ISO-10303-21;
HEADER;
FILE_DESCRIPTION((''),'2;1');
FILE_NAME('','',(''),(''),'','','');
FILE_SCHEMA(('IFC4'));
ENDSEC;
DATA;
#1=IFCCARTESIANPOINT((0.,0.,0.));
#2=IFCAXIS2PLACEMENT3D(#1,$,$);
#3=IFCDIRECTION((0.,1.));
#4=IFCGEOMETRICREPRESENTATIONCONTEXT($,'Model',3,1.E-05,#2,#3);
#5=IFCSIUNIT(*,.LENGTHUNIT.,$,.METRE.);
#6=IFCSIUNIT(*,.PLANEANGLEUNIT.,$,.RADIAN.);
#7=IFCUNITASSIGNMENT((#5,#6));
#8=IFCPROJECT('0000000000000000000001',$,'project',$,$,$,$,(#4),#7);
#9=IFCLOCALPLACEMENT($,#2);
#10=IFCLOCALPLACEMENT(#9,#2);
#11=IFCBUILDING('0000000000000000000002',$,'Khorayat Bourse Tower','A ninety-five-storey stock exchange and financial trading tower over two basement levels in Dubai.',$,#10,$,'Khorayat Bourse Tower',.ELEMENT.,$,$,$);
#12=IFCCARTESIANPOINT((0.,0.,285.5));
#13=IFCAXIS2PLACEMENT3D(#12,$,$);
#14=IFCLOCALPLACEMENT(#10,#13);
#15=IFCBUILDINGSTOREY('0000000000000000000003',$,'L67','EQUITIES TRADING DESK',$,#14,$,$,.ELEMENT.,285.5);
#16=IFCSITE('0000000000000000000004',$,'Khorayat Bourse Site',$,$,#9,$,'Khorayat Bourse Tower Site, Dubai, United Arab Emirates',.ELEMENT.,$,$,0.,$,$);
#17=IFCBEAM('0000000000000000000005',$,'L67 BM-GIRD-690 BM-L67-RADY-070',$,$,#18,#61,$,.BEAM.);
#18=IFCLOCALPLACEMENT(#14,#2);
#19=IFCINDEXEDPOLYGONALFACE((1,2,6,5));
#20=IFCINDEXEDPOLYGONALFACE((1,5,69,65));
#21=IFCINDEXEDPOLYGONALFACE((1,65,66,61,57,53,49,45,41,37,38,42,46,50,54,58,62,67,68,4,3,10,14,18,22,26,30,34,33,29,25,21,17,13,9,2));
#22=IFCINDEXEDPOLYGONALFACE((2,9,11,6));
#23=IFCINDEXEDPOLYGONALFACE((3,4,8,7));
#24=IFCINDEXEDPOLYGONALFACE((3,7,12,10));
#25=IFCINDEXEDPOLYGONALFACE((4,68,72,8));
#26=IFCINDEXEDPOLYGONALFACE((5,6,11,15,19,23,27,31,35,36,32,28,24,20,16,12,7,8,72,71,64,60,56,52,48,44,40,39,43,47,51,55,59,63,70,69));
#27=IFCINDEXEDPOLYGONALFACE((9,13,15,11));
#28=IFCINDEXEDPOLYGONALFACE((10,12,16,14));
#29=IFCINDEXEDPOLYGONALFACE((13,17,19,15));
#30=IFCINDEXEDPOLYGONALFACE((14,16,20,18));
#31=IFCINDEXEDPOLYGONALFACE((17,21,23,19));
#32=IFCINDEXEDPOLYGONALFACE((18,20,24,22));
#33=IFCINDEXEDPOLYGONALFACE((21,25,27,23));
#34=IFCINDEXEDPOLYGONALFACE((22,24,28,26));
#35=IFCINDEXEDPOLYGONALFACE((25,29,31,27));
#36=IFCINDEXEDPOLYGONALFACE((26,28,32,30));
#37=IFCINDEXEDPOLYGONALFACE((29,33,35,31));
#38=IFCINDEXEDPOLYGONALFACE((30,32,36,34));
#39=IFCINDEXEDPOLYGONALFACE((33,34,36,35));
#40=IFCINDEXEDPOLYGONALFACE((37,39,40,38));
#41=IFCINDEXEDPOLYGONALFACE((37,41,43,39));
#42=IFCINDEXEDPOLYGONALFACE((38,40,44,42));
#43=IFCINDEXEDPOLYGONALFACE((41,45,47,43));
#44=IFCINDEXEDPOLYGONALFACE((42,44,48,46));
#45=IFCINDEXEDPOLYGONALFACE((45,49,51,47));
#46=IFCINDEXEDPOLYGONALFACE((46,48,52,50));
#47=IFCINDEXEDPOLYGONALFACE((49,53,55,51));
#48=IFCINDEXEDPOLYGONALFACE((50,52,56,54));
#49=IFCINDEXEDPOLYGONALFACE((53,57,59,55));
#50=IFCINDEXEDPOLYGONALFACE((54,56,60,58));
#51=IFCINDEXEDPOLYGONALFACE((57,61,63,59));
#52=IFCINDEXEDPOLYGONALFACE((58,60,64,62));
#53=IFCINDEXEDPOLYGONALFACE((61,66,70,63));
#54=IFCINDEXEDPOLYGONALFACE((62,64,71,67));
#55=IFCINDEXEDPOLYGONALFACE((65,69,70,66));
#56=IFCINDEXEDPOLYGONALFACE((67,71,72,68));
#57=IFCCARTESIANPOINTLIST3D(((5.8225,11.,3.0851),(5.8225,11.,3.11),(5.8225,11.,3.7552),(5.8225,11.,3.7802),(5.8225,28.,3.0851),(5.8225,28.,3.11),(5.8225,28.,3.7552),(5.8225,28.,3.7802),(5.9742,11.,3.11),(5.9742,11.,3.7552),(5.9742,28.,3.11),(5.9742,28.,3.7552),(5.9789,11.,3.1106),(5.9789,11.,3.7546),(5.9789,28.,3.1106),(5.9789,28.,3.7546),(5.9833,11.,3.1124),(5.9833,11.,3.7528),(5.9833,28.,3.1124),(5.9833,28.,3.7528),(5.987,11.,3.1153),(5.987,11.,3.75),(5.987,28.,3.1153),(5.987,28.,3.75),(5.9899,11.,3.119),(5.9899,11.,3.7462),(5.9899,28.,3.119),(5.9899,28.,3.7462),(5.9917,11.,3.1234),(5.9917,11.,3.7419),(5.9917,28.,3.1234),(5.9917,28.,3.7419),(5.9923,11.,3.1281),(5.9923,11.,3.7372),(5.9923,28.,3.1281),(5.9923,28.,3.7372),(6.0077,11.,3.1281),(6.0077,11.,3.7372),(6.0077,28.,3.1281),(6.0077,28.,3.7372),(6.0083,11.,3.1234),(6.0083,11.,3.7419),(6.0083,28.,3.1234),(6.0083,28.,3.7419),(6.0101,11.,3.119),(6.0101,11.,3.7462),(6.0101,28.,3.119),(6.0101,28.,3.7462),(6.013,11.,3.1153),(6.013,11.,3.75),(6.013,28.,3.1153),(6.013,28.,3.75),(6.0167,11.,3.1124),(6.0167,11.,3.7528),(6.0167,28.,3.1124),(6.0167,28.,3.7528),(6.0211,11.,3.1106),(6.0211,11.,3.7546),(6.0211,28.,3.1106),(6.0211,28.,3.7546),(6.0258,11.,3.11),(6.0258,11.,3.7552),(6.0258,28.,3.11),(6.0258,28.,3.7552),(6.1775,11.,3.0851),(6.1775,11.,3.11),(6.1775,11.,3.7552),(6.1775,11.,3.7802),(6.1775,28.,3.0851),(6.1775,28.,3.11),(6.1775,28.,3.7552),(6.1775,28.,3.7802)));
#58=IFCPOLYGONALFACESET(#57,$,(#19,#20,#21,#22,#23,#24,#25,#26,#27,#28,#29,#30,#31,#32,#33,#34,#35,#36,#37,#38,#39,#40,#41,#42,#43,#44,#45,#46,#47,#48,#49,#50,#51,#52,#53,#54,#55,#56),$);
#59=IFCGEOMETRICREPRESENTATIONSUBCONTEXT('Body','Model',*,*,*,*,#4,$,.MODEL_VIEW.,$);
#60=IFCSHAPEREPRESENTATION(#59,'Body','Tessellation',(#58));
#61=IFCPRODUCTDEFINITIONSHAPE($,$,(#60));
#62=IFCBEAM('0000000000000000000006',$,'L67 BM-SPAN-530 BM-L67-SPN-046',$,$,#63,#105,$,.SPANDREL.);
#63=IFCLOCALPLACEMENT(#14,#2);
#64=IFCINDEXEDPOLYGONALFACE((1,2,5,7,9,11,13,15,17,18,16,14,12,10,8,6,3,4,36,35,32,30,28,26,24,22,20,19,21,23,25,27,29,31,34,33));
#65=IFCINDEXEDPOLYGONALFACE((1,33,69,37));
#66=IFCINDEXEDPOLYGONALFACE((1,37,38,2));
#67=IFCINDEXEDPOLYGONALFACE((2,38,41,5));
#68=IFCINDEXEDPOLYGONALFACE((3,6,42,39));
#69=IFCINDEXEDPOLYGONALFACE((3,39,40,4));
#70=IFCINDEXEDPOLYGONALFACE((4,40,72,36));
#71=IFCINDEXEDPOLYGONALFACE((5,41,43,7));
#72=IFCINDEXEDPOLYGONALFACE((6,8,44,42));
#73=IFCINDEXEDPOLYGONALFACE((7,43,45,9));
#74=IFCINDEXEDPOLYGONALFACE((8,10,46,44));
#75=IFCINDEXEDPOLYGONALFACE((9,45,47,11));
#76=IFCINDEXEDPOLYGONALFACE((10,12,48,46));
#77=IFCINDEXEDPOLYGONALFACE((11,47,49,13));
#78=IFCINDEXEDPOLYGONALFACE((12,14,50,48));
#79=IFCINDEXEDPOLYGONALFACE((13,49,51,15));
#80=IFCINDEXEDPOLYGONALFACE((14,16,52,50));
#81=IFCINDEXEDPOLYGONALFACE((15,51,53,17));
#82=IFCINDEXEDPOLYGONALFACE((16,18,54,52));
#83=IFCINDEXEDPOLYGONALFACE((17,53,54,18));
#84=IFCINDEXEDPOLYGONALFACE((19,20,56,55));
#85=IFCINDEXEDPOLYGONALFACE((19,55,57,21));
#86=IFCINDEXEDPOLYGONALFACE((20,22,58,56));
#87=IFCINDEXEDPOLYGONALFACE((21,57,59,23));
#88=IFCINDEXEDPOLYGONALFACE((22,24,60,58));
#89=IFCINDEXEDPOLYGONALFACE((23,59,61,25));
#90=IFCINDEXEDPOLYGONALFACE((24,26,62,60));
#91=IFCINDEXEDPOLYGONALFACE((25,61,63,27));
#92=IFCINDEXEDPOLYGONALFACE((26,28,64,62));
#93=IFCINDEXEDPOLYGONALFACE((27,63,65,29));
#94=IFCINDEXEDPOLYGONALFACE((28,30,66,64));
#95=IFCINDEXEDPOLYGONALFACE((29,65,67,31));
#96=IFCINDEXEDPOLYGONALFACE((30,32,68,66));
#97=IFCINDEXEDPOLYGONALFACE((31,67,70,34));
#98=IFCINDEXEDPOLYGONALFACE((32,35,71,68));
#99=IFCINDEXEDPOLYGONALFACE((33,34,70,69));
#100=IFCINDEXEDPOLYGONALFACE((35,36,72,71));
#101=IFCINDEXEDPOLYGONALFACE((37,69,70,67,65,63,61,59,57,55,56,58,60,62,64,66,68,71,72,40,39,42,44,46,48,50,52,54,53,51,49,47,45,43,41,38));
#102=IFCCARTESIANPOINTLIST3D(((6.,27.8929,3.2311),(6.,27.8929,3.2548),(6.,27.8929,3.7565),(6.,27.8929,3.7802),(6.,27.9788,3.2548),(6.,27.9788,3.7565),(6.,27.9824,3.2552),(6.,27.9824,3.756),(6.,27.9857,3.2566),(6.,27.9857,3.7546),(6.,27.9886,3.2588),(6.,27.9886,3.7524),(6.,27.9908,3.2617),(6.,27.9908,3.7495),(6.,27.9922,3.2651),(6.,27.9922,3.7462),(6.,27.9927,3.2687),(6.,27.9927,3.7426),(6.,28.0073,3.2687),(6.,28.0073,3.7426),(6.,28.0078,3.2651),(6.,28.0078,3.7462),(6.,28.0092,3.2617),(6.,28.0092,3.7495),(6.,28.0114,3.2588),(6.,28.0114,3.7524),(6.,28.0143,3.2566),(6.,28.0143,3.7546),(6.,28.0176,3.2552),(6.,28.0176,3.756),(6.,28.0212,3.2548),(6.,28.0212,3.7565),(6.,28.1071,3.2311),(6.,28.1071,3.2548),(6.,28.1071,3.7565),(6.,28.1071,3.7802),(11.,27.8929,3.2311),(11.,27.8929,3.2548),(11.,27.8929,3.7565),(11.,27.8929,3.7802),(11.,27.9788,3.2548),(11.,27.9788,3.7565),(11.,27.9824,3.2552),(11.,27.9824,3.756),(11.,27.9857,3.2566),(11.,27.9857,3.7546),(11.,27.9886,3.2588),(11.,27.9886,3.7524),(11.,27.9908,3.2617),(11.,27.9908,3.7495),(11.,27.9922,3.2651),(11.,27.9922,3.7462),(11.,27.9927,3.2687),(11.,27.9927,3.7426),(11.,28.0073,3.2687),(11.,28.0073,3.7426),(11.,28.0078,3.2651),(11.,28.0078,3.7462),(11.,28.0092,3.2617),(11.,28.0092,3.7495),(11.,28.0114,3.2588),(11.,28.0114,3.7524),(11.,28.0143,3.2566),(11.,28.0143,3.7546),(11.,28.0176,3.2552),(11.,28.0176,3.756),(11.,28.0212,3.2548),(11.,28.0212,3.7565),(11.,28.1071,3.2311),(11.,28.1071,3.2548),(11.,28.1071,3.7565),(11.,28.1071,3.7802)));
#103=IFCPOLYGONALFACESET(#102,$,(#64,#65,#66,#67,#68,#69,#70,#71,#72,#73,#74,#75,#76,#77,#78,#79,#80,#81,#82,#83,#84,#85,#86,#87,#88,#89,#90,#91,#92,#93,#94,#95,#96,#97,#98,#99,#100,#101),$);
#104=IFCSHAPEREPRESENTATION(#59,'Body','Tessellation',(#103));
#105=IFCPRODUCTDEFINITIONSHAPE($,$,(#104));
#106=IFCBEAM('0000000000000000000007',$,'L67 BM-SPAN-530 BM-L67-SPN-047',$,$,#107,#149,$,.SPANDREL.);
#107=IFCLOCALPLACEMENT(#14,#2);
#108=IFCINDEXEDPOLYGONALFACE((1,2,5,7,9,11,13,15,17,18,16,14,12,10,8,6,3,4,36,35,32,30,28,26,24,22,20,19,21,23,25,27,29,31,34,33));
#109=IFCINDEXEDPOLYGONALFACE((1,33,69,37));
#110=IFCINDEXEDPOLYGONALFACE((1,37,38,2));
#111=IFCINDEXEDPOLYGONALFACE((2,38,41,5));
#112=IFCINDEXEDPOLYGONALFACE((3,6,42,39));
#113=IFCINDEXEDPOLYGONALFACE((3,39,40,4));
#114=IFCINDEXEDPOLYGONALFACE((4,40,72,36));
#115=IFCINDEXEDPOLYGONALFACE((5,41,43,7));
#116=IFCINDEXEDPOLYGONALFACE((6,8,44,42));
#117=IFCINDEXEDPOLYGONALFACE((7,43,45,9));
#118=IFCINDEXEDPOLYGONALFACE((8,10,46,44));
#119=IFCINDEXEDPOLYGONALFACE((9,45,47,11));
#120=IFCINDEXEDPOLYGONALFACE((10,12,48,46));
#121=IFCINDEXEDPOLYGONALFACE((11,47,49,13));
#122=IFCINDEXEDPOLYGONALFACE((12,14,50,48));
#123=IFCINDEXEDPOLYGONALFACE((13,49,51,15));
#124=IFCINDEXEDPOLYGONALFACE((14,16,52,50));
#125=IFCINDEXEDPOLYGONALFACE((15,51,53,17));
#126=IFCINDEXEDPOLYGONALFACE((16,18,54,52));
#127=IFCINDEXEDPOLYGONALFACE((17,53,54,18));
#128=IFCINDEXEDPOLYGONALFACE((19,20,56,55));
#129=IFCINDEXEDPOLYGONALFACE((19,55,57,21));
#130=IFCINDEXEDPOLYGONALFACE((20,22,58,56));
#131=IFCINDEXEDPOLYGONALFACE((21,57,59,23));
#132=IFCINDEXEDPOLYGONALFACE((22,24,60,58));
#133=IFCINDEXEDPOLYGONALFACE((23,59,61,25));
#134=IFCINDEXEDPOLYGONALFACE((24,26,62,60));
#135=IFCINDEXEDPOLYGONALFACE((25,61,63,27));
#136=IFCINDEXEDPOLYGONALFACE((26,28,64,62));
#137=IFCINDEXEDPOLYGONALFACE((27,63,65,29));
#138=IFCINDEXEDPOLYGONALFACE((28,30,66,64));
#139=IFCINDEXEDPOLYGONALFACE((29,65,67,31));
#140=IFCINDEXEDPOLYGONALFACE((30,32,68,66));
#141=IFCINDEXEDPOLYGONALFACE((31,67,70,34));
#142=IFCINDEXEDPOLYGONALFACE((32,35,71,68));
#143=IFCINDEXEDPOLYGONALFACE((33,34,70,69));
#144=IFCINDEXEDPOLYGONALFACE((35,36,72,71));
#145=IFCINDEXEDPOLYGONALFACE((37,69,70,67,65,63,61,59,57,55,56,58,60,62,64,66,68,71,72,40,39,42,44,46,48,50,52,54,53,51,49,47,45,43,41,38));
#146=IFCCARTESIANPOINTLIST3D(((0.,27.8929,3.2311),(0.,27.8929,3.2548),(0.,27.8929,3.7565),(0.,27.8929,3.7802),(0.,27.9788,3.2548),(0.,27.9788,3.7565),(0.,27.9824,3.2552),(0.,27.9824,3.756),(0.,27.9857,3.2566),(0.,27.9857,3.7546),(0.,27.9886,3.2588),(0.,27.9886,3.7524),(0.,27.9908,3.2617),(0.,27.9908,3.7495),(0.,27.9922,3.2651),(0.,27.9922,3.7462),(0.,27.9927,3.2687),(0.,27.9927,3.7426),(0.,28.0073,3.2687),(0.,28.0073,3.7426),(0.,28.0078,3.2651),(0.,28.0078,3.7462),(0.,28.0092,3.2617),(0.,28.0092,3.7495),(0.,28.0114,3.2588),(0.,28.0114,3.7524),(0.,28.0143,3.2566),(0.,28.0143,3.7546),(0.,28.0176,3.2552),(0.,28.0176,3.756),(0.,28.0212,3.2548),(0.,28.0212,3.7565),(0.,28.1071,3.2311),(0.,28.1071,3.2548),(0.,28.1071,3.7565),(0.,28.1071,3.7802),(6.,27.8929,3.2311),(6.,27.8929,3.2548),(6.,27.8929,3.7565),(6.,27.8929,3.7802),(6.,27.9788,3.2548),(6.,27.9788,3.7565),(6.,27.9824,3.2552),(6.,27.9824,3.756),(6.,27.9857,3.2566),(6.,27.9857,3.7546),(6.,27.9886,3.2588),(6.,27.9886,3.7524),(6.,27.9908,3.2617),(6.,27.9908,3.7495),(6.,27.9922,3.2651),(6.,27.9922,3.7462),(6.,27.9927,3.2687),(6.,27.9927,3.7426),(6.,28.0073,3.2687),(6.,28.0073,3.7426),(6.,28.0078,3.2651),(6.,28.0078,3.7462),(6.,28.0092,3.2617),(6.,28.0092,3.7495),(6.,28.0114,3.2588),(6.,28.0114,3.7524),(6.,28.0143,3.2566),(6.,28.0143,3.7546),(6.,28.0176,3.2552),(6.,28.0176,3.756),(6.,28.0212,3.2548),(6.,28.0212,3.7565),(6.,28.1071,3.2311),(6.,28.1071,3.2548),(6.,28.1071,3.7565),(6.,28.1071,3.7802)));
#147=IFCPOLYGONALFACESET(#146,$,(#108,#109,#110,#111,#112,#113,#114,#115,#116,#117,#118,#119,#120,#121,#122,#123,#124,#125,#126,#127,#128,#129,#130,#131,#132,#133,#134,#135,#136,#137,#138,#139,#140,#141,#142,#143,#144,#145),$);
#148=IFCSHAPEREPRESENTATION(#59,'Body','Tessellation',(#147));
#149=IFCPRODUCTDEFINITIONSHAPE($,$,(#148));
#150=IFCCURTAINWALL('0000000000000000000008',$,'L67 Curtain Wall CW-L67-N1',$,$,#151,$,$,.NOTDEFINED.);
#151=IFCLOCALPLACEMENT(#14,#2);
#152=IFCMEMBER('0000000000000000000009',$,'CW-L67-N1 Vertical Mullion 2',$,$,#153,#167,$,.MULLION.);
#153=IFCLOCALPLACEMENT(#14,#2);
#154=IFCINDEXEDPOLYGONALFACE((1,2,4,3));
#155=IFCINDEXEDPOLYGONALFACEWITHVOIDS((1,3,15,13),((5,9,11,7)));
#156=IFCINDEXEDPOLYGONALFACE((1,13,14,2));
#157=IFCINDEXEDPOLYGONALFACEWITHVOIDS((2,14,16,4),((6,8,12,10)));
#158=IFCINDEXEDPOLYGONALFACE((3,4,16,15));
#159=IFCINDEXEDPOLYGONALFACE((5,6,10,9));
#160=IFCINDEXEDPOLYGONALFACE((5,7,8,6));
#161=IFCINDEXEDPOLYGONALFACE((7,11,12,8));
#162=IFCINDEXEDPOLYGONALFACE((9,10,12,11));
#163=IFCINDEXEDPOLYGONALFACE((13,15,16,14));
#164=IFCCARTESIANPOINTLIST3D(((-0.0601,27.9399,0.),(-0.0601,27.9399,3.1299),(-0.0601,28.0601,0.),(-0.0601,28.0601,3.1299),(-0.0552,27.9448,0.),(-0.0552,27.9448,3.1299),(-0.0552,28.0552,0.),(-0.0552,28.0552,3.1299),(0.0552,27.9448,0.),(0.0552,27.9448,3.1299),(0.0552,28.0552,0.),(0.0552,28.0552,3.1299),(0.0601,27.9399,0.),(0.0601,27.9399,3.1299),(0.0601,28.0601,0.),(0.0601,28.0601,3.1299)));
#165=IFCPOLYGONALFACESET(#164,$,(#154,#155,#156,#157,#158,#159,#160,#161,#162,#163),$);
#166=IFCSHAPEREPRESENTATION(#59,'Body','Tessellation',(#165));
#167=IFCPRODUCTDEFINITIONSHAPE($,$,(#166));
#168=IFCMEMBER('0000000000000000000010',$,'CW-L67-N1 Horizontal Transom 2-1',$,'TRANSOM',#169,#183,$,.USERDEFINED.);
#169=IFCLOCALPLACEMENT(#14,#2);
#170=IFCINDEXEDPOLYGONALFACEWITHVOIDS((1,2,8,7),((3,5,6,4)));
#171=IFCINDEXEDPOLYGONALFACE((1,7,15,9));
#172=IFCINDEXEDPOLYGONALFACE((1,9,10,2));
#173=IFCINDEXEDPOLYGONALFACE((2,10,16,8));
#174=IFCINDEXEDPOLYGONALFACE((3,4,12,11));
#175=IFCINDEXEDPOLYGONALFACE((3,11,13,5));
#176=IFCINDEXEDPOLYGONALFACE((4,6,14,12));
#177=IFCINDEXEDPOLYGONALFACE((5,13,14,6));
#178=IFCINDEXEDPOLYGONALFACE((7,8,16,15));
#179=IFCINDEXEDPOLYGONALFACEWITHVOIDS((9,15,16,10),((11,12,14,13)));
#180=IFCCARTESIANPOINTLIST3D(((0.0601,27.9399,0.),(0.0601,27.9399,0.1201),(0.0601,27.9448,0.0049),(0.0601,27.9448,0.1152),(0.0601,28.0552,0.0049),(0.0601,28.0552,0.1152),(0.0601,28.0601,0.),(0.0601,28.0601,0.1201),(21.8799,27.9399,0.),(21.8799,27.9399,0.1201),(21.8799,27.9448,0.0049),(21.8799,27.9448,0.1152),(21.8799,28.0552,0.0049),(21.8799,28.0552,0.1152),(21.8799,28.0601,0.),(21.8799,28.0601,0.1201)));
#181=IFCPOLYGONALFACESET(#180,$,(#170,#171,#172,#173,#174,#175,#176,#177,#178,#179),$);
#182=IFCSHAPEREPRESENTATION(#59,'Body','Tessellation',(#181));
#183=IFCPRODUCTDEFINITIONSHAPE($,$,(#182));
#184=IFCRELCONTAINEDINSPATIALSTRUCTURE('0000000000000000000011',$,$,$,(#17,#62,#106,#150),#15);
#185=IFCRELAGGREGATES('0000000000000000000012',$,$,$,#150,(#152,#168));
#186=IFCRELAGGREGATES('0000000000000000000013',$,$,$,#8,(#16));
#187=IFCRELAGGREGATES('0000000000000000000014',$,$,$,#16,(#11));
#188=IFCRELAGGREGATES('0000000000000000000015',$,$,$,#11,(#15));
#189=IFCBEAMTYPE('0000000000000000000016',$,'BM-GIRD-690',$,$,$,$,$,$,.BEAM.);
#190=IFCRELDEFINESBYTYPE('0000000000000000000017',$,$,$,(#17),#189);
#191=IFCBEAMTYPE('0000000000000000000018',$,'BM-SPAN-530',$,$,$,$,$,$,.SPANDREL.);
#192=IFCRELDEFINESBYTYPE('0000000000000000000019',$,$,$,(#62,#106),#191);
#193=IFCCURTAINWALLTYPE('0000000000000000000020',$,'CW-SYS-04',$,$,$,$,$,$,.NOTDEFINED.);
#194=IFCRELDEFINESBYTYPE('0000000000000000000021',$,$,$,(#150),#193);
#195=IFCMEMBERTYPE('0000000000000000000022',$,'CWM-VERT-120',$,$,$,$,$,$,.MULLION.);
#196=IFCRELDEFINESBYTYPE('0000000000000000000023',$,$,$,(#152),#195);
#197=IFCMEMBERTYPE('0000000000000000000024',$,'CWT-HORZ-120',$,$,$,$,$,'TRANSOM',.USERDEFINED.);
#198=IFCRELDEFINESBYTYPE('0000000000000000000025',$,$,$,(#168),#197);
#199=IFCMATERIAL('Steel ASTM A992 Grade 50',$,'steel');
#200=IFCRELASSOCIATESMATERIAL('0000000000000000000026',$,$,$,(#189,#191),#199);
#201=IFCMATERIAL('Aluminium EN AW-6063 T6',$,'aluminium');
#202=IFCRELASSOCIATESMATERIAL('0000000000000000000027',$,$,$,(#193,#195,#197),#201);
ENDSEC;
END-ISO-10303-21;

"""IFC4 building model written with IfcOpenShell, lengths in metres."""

from ifc_helpers import new_model, si_unit, direction, frame, origin, origin_2d, place, context, subcontext, project, spatial, hollow_rectangle, i_section, extrude, source, transform, mapped, material, material_profile, profile_set, type_object, element, aggregate, save


model = new_model("IFC4")

# Units and contexts
model_context = context("Model", 3, precision=1e-05, world=origin(), true_north=direction((0.0, 1.0)))
body_context = subcontext(model_context, "Body", "Model", "MODEL_VIEW")
ifc_project = project(units=[si_unit("LENGTHUNIT", "METRE"), si_unit("PLANEANGLEUNIT", "RADIAN")], contexts=[model_context])

# Site, building, storey
site_placement = place(None, origin())
site = spatial("IfcSite", under=ifc_project, at=site_placement, Name="Khorayat Bourse Site", LongName="Khorayat Bourse Tower Site, Dubai, United Arab Emirates", CompositionType="ELEMENT", RefElevation=0.0)
building_placement = place(site_placement, origin())
building = spatial("IfcBuilding", under=site, at=building_placement, Name="Khorayat Bourse Tower", Description="A ninety-five-storey stock exchange and financial trading tower over two basement levels in Dubai.", LongName="Khorayat Bourse Tower", CompositionType="ELEMENT")
storey_placement = place(building_placement, frame((0.0, 0.0, 285.5)))
storey = spatial("IfcBuildingStorey", under=building, at=storey_placement, Name="L67", Description="EQUITIES TRADING DESK", CompositionType="ELEMENT", Elevation=285.5)

# Beams
ifc_material_1 = material(Name="Steel ASTM A992 Grade 50", Category="steel")
ifc_material_profile_1 = material_profile(ifc_material_1, i_section(OverallWidth=0.355, OverallDepth=0.6951, WebThickness=0.0154, FlangeThickness=0.0249, FilletRadius=0.0181, at=origin_2d()), Name="W690X217")
ifc_profile_set_1 = profile_set([ifc_material_profile_1], Name="Steel ASTM A992 Grade 50")
beam_type_1 = type_object("IfcBeamType", Name="BM-GIRD-690", PredefinedType="BEAM", material=ifc_profile_set_1)
shared_shape_1 = source(origin(), body_context, "Body", "SweptSolid", [
    extrude(i_section(OverallWidth=0.355, OverallDepth=0.6951, WebThickness=0.0154, FlangeThickness=0.0249, FilletRadius=0.0181, at=origin_2d()), origin(), (0.0, 0.0, 1.0), 17.0),
])
for number, where, z_axis, x_axis, name in (
    (1, (6.0, 11.0, 3.4326), (0.0, 1.0, 0.0), (-1.0, 0.0, 0.0), "L67 BM-GIRD-690 BM-L67-RADY-070"),
):
    element("IfcBeam", number, at=place(storey_placement, frame(where, z_axis=z_axis, x_axis=x_axis)), inside=storey, type_object=beam_type_1, Name=name, PredefinedType="BEAM", context=body_context, shape_type="MappedRepresentation", body=[
        mapped(shared_shape_1, transform((0.0, 0.0, 0.0), scale=1.0)),
    ])
ifc_material_profile_2 = material_profile(ifc_material_1, i_section(OverallWidth=0.2141, OverallDepth=0.5491, WebThickness=0.0146, FlangeThickness=0.0237, FilletRadius=0.0139, at=origin_2d()), Name="W530X138")
ifc_profile_set_2 = profile_set([ifc_material_profile_2], Name="Steel ASTM A992 Grade 50")
beam_type_2 = type_object("IfcBeamType", Name="BM-SPAN-530", PredefinedType="SPANDREL", material=ifc_profile_set_2)
shared_shape_2 = source(origin(), body_context, "Body", "SweptSolid", [
    extrude(i_section(OverallWidth=0.2141, OverallDepth=0.5491, WebThickness=0.0146, FlangeThickness=0.0237, FilletRadius=0.0139, at=origin_2d()), origin(), (0.0, 0.0, 1.0), 5.0),
])
beam_1_placement = place(storey_placement, frame((6.0, 28.0, 3.5056), z_axis=(1.0, 0.0, 0.0), x_axis=(0.0, 1.0, 0.0)))
element("IfcBeam", 2, at=beam_1_placement, inside=storey, type_object=beam_type_2, Name="L67 BM-SPAN-530 BM-L67-SPN-046", PredefinedType="SPANDREL", context=body_context, shape_type="MappedRepresentation", body=[
    mapped(shared_shape_2, transform((0.0, 0.0, 0.0), scale=1.0)),
])
shared_shape_3 = source(origin(), body_context, "Body", "SweptSolid", [
    extrude(i_section(OverallWidth=0.2141, OverallDepth=0.5491, WebThickness=0.0146, FlangeThickness=0.0237, FilletRadius=0.0139, at=origin_2d()), origin(), (0.0, 0.0, 1.0), 6.0),
])
beam_2_placement = place(storey_placement, frame((0.0, 28.0, 3.5056), z_axis=(1.0, 0.0, 0.0), x_axis=(0.0, 1.0, 0.0)))
element("IfcBeam", 3, at=beam_2_placement, inside=storey, type_object=beam_type_2, Name="L67 BM-SPAN-530 BM-L67-SPN-047", PredefinedType="SPANDREL", context=body_context, shape_type="MappedRepresentation", body=[
    mapped(shared_shape_3, transform((0.0, 0.0, 0.0), scale=1.0)),
])

# Curtain wall, members
ifc_material_2 = material(Name="Aluminium EN AW-6063 T6", Category="aluminium")
curtain_wall_type = type_object("IfcCurtainWallType", Name="CW-SYS-04", PredefinedType="NOTDEFINED", material=ifc_material_2)
curtain_wall_placement = place(storey_placement, origin())
curtain_wall = element("IfcCurtainWall", 4, at=curtain_wall_placement, inside=storey, type_object=curtain_wall_type, Name="L67 Curtain Wall CW-L67-N1", PredefinedType="NOTDEFINED")
ifc_material_profile_3 = material_profile(ifc_material_2, hollow_rectangle(XDim=0.1201, YDim=0.1201, WallThickness=0.0049, at=origin_2d()), Name="ALU 120x120x5")
ifc_profile_set_3 = profile_set([ifc_material_profile_3], Name="Aluminium EN AW-6063 T6")
member_type_1 = type_object("IfcMemberType", Name="CWM-VERT-120", PredefinedType="MULLION", material=ifc_profile_set_3)
shared_shape_4 = source(origin(), body_context, "Body", "SweptSolid", [
    extrude(hollow_rectangle(XDim=0.1201, YDim=0.1201, WallThickness=0.0049, at=origin_2d()), origin(), (0.0, 0.0, 1.0), 3.1299),
])
member_1_placement = place(storey_placement, frame((0.0, 28.0, 0.0), z_axis=(0.0, 0.0, 1.0), x_axis=(0.0, 1.0, 0.0)))
member_1 = element("IfcMember", 5, at=member_1_placement, type_object=member_type_1, Name="CW-L67-N1 Vertical Mullion 2", PredefinedType="MULLION", context=body_context, shape_type="MappedRepresentation", body=[
    mapped(shared_shape_4, transform((0.0, 0.0, 0.0), scale=1.0)),
])
ifc_material_profile_4 = material_profile(ifc_material_2, hollow_rectangle(XDim=0.1201, YDim=0.1201, WallThickness=0.0049, at=origin_2d()), Name="ALU 120x120x5")
ifc_profile_set_4 = profile_set([ifc_material_profile_4], Name="Aluminium EN AW-6063 T6")
member_type_2 = type_object("IfcMemberType", Name="CWT-HORZ-120", ElementType="TRANSOM", PredefinedType="USERDEFINED", material=ifc_profile_set_4)
shared_shape_5 = source(origin(), body_context, "Body", "SweptSolid", [
    extrude(hollow_rectangle(XDim=0.1201, YDim=0.1201, WallThickness=0.0049, at=origin_2d()), origin(), (0.0, 0.0, 1.0), 21.8198),
])
member_2_placement = place(storey_placement, frame((0.0601, 28.0, 0.0601), z_axis=(1.0, 0.0, 0.0), x_axis=(0.0, 1.0, 0.0)))
member_2 = element("IfcMember", 6, at=member_2_placement, type_object=member_type_2, Name="CW-L67-N1 Horizontal Transom 2-1", ObjectType="TRANSOM", PredefinedType="USERDEFINED", context=body_context, shape_type="MappedRepresentation", body=[
    mapped(shared_shape_5, transform((0.0, 0.0, 0.0), scale=1.0)),
])

aggregate(curtain_wall, [member_1, member_2])

save(model, "model.ifc")
